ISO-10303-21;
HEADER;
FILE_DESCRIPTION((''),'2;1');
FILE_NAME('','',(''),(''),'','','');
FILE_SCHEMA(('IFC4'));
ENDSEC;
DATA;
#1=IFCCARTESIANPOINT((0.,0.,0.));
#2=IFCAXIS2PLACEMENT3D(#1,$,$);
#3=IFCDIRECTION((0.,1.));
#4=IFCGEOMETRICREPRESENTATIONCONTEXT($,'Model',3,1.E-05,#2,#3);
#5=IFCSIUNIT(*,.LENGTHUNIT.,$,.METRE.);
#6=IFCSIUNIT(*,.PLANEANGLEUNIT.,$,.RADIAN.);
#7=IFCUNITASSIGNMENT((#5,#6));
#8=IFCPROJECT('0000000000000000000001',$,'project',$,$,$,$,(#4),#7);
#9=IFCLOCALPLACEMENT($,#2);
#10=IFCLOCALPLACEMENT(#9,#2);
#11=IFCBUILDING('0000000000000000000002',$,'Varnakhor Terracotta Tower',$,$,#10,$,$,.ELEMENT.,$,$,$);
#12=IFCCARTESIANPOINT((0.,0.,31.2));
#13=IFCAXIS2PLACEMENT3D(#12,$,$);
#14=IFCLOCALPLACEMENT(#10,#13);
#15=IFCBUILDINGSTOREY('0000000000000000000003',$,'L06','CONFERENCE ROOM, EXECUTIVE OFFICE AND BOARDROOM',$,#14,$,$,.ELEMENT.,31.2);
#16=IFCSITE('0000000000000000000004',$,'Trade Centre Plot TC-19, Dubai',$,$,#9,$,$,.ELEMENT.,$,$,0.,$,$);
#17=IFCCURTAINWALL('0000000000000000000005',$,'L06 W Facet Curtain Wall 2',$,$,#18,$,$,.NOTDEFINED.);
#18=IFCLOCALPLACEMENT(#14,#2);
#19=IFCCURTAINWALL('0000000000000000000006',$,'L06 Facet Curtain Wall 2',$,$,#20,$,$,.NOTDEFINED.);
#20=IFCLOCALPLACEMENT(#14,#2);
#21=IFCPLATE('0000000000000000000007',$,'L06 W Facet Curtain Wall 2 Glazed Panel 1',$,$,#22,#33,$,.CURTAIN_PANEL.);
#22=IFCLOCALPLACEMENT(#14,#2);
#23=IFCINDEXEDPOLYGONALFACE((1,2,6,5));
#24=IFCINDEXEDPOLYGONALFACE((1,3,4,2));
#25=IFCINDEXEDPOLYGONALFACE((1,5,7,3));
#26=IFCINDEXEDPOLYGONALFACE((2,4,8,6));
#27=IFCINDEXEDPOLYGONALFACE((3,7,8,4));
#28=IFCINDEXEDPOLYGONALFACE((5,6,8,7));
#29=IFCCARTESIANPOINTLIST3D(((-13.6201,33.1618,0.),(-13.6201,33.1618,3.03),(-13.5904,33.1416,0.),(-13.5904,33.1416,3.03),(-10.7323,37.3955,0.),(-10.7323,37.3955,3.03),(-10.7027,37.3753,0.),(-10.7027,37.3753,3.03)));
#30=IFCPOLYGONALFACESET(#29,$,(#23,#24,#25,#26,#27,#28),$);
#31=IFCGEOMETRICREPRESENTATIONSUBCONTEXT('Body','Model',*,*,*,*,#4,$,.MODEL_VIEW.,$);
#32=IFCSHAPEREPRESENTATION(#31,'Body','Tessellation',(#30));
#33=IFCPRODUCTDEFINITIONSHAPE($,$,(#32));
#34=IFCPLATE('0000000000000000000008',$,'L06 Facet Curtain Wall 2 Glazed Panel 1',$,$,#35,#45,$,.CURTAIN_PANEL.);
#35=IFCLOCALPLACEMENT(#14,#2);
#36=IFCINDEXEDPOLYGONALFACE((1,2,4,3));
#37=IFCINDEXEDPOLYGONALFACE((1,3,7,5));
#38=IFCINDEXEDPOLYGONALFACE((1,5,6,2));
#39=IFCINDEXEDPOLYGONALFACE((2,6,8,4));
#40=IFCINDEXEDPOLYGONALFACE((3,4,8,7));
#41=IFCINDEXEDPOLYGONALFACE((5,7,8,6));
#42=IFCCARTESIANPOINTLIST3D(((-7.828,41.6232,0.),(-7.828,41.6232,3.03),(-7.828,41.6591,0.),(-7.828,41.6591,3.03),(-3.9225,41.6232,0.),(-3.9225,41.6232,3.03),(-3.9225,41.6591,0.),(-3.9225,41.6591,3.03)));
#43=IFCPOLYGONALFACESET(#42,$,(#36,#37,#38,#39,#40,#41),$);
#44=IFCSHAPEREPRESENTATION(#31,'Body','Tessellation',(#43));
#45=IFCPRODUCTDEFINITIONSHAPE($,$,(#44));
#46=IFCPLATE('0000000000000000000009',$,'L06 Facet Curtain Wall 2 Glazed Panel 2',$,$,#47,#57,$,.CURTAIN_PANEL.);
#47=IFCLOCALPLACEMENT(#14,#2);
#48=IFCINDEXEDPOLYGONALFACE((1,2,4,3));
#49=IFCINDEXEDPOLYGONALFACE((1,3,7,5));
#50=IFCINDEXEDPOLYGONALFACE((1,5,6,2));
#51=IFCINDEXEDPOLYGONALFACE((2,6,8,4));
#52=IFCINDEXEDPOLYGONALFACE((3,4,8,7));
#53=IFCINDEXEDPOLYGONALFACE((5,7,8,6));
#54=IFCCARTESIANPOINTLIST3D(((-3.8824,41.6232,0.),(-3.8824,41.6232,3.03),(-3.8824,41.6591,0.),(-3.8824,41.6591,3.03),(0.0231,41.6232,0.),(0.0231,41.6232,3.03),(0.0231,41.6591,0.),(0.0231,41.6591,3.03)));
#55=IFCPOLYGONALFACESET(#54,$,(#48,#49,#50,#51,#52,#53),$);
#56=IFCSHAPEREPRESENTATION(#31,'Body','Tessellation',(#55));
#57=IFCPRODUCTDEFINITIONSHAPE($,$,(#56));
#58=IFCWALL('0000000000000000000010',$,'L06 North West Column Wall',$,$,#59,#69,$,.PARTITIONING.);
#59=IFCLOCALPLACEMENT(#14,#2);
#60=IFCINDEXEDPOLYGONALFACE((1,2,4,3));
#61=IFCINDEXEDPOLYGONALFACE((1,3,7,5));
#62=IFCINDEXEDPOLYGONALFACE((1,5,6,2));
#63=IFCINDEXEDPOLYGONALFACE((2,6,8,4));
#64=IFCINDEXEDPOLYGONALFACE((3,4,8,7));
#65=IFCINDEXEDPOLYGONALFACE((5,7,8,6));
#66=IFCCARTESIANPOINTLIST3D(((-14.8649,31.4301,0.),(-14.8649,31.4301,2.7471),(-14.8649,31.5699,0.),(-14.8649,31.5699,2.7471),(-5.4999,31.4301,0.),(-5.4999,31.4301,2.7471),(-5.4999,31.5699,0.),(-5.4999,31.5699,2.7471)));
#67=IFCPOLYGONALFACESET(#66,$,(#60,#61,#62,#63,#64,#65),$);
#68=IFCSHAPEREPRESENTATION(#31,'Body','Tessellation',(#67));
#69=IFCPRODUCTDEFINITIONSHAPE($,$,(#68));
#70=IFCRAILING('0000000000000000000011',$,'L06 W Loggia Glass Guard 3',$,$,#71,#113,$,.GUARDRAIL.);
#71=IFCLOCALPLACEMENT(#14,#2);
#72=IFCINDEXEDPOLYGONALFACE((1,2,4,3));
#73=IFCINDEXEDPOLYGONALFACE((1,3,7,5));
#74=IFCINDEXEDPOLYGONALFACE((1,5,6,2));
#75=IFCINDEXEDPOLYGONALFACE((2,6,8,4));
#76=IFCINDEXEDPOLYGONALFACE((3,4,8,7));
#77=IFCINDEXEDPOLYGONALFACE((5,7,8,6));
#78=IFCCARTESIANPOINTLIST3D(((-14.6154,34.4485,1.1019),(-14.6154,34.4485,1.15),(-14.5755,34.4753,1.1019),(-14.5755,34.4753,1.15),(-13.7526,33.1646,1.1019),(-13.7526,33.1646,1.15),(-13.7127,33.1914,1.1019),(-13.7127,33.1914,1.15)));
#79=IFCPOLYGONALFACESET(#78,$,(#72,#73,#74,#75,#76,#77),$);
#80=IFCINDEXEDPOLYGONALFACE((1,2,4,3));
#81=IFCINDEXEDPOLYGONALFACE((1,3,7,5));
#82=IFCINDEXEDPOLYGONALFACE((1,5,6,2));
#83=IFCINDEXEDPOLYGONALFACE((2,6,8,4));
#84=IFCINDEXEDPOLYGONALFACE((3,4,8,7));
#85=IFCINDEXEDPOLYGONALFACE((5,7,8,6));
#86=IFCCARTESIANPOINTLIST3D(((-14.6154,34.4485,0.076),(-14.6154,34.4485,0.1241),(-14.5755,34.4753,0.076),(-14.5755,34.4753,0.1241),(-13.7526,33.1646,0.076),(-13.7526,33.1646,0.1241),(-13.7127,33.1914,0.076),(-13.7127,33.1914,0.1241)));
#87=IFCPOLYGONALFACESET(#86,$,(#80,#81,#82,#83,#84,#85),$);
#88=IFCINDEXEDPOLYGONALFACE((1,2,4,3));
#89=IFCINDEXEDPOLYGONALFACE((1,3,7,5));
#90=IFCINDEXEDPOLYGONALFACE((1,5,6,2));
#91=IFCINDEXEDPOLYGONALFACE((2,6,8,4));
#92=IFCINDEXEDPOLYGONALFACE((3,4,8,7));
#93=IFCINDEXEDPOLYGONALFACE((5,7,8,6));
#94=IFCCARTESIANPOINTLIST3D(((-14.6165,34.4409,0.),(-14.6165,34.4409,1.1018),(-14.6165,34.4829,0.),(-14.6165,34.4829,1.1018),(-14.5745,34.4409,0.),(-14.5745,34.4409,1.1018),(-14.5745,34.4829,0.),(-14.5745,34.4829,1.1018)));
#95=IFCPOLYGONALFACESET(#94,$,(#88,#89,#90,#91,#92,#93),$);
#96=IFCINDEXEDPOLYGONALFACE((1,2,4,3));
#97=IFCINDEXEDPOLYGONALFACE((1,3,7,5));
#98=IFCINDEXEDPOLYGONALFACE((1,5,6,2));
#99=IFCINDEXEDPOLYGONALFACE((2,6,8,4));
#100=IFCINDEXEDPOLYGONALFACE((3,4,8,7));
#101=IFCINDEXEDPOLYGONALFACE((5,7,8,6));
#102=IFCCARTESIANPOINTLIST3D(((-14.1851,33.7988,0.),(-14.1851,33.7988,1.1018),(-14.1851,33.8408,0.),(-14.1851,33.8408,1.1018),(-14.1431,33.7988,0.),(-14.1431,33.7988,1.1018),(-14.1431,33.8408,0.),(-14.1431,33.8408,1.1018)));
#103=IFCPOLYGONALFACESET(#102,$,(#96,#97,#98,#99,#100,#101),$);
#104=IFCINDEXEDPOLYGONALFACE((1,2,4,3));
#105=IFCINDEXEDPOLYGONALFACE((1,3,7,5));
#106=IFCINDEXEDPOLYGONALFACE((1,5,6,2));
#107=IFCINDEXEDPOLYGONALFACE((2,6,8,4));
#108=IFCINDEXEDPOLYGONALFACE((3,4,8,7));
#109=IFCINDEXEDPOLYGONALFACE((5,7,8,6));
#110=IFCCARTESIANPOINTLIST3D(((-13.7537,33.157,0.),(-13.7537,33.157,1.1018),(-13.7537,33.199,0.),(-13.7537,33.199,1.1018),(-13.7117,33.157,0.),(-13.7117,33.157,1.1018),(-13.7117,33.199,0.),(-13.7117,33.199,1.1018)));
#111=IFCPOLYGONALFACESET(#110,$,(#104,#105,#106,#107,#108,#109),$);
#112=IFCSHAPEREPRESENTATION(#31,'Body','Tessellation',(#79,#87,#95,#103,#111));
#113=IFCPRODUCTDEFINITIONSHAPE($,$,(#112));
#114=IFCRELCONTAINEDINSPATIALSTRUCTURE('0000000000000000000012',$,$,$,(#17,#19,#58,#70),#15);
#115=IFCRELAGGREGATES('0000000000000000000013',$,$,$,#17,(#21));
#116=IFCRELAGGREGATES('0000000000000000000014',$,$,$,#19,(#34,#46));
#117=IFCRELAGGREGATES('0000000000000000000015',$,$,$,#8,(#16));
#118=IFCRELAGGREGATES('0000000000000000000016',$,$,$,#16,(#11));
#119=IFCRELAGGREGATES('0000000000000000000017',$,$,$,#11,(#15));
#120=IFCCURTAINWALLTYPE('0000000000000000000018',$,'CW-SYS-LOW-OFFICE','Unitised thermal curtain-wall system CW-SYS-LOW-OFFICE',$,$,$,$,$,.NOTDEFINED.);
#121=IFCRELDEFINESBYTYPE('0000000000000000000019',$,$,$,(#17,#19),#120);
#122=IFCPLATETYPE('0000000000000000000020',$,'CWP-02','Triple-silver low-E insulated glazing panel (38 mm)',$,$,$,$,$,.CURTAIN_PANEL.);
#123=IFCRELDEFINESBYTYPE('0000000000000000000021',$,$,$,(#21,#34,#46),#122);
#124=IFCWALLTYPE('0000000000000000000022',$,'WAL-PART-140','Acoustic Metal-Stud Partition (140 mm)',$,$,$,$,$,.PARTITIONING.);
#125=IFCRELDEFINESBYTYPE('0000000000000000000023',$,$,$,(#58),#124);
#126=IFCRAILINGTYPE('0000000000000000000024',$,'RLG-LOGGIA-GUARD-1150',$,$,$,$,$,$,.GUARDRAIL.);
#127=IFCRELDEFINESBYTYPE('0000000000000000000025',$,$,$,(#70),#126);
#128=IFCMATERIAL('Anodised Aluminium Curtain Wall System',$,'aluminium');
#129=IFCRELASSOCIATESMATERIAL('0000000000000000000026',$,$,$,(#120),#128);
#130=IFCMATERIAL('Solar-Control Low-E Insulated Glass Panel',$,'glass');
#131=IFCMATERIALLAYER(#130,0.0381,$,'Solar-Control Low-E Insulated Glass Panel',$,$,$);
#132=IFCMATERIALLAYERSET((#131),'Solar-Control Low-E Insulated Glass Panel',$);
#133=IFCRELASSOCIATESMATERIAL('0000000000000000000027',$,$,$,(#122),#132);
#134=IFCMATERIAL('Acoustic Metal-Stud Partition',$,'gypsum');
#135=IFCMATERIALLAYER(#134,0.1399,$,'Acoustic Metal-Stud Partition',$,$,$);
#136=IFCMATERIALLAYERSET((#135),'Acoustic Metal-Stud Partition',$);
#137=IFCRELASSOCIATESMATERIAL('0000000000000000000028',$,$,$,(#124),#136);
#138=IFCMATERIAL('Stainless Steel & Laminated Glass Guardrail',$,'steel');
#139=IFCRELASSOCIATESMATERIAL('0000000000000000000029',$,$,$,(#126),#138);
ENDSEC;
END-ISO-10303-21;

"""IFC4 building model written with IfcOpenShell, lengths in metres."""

from ifc_helpers import new_model, si_unit, direction, frame, frame_2d, origin, origin_2d, place, context, subcontext, project, spatial, rectangle, extrude, source, transform, mapped, material, layer, layer_set, type_object, element, aggregate, save


model = new_model("IFC4")

# Units and contexts
model_context = context("Model", 3, precision=1e-05, world=origin(), true_north=direction((0.0, 1.0)))
body_context = subcontext(model_context, "Body", "Model", "MODEL_VIEW")
ifc_project = project(units=[si_unit("LENGTHUNIT", "METRE"), si_unit("PLANEANGLEUNIT", "RADIAN")], contexts=[model_context])

# Site, building, storey
site_placement = place(None, origin())
site = spatial("IfcSite", under=ifc_project, at=site_placement, Name="Trade Centre Plot TC-19, Dubai", CompositionType="ELEMENT", RefElevation=0.0)
building_placement = place(site_placement, origin())
building = spatial("IfcBuilding", under=site, at=building_placement, Name="Varnakhor Terracotta Tower", CompositionType="ELEMENT")
storey_placement = place(building_placement, frame((0.0, 0.0, 31.2)))
storey = spatial("IfcBuildingStorey", under=building, at=storey_placement, Name="L06", Description="CONFERENCE ROOM, EXECUTIVE OFFICE AND BOARDROOM", CompositionType="ELEMENT", Elevation=31.2)

# Curtain walls
ifc_material_1 = material(Name="Anodised Aluminium Curtain Wall System", Category="aluminium")
curtain_wall_type = type_object("IfcCurtainWallType", Name="CW-SYS-LOW-OFFICE", Description="Unitised thermal curtain-wall system CW-SYS-LOW-OFFICE", PredefinedType="NOTDEFINED", material=ifc_material_1)
curtain_wall_1_placement = place(storey_placement, origin())
curtain_wall_1 = element("IfcCurtainWall", 1, at=curtain_wall_1_placement, inside=storey, type_object=curtain_wall_type, Name="L06 W Facet Curtain Wall 2", PredefinedType="NOTDEFINED")
curtain_wall_2_placement = place(storey_placement, origin())
curtain_wall_2 = element("IfcCurtainWall", 2, at=curtain_wall_2_placement, inside=storey, type_object=curtain_wall_type, Name="L06 Facet Curtain Wall 2", PredefinedType="NOTDEFINED")

# Plates
ifc_material_2 = material(Name="Solar-Control Low-E Insulated Glass Panel", Category="glass")
ifc_layer_1 = layer(ifc_material_2, 0.0381, Name="Solar-Control Low-E Insulated Glass Panel")
ifc_layer_set_1 = layer_set([ifc_layer_1], Name="Solar-Control Low-E Insulated Glass Panel")
plate_type = type_object("IfcPlateType", Name="CWP-02", Description="Triple-silver low-E insulated glazing panel (38 mm)", PredefinedType="CURTAIN_PANEL", material=ifc_layer_set_1)
shared_shape_1 = source(origin(), body_context, "Body", "SweptSolid", [
    extrude(rectangle(XDim=5.1248, YDim=0.0359, at=origin_2d()), origin(), (0.0, 0.0, 1.0), 3.03),
])
plate_1_placement = place(storey_placement, frame((-12.1614, 35.2686, 0.0), z_axis=(0.0, 0.0, 1.0), x_axis=(0.563497, 0.826118, 0.0)))
plate_1 = element("IfcPlate", 3, at=plate_1_placement, type_object=plate_type, Name="L06 W Facet Curtain Wall 2 Glazed Panel 1", PredefinedType="CURTAIN_PANEL", context=body_context, shape_type="MappedRepresentation", body=[
    mapped(shared_shape_1, transform((0.0, 0.0, 0.0), scale=1.0)),
])
aggregate(curtain_wall_1, [plate_1])
shared_shape_2 = source(origin(), body_context, "Body", "SweptSolid", [
    extrude(rectangle(XDim=3.9055, YDim=0.0359, at=origin_2d()), origin(), (0.0, 0.0, 1.0), 3.03),
])
plate_2_placement = place(storey_placement, frame((-5.8752, 41.6411, 0.0), z_axis=(0.0, 0.0, 1.0), x_axis=(1.0, 0.0, 0.0)))
plate_2 = element("IfcPlate", 4, at=plate_2_placement, type_object=plate_type, Name="L06 Facet Curtain Wall 2 Glazed Panel 1", PredefinedType="CURTAIN_PANEL", context=body_context, shape_type="MappedRepresentation", body=[
    mapped(shared_shape_2, transform((0.0, 0.0, 0.0), scale=1.0)),
])
plate_3_placement = place(storey_placement, frame((-1.9297, 41.6411, 0.0), z_axis=(0.0, 0.0, 1.0), x_axis=(1.0, 0.0, 0.0)))
plate_3 = element("IfcPlate", 5, at=plate_3_placement, type_object=plate_type, Name="L06 Facet Curtain Wall 2 Glazed Panel 2", PredefinedType="CURTAIN_PANEL", context=body_context, shape_type="MappedRepresentation", body=[
    mapped(shared_shape_2, transform((0.0, 0.0, 0.0), scale=1.0)),
])
aggregate(curtain_wall_2, [plate_2, plate_3])

# Wall
ifc_material_3 = material(Name="Acoustic Metal-Stud Partition", Category="gypsum")
ifc_layer_2 = layer(ifc_material_3, 0.1399, Name="Acoustic Metal-Stud Partition")
ifc_layer_set_2 = layer_set([ifc_layer_2], Name="Acoustic Metal-Stud Partition")
wall_type = type_object("IfcWallType", Name="WAL-PART-140", Description="Acoustic Metal-Stud Partition (140 mm)", PredefinedType="PARTITIONING", material=ifc_layer_set_2)
wall_placement = place(storey_placement, frame((-14.865, 31.5, 0.0), z_axis=(0.0, 0.0, 1.0), x_axis=(1.0, 0.0, 0.0)))
element("IfcWall", 6, at=wall_placement, inside=storey, type_object=wall_type, Name="L06 North West Column Wall", PredefinedType="PARTITIONING", context=body_context, shape_type="SweptSolid", body=[
    extrude(rectangle(XDim=9.365, YDim=0.1399, at=frame_2d((4.6826, 0.0))), origin(), (0.0, 0.0, 1.0), 2.7471),
])

# Railing
ifc_material_4 = material(Name="Stainless Steel & Laminated Glass Guardrail", Category="steel")
railing_type = type_object("IfcRailingType", Name="RLG-LOGGIA-GUARD-1150", PredefinedType="GUARDRAIL", material=ifc_material_4)
railing_placement = place(storey_placement, frame((-14.5955, 34.4619, 0.0)))
element("IfcRailing", 7, at=railing_placement, inside=storey, type_object=railing_type, Name="L06 W Loggia Glass Guard 3", PredefinedType="GUARDRAIL", context=body_context, shape_type="SweptSolid", body=[
    extrude(rectangle(XDim=0.0481, YDim=0.0481, at=origin_2d()), frame((0.0, 0.0, 1.126), z_axis=(0.557756, -0.830005, 0.0), x_axis=(0.830005, 0.557756, 0.0)), (0.0, 0.0, 1.0), 1.5469),
    extrude(rectangle(XDim=0.0481, YDim=0.0481, at=origin_2d()), frame((0.0, 0.0, 0.1001), z_axis=(0.557756, -0.830005, 0.0), x_axis=(0.830005, 0.557756, 0.0)), (0.0, 0.0, 1.0), 1.5469),
    extrude(rectangle(XDim=0.042, YDim=0.042, at=origin_2d()), origin(), (0.0, 0.0, 1.0), 1.1018),
    extrude(rectangle(XDim=0.042, YDim=0.042, at=origin_2d()), frame((0.4314, -0.6421, 0.0)), (0.0, 0.0, 1.0), 1.1018),
    extrude(rectangle(XDim=0.042, YDim=0.042, at=origin_2d()), frame((0.8628, -1.2839, 0.0)), (0.0, 0.0, 1.0), 1.1018),
])

save(model, "model.ifc")
